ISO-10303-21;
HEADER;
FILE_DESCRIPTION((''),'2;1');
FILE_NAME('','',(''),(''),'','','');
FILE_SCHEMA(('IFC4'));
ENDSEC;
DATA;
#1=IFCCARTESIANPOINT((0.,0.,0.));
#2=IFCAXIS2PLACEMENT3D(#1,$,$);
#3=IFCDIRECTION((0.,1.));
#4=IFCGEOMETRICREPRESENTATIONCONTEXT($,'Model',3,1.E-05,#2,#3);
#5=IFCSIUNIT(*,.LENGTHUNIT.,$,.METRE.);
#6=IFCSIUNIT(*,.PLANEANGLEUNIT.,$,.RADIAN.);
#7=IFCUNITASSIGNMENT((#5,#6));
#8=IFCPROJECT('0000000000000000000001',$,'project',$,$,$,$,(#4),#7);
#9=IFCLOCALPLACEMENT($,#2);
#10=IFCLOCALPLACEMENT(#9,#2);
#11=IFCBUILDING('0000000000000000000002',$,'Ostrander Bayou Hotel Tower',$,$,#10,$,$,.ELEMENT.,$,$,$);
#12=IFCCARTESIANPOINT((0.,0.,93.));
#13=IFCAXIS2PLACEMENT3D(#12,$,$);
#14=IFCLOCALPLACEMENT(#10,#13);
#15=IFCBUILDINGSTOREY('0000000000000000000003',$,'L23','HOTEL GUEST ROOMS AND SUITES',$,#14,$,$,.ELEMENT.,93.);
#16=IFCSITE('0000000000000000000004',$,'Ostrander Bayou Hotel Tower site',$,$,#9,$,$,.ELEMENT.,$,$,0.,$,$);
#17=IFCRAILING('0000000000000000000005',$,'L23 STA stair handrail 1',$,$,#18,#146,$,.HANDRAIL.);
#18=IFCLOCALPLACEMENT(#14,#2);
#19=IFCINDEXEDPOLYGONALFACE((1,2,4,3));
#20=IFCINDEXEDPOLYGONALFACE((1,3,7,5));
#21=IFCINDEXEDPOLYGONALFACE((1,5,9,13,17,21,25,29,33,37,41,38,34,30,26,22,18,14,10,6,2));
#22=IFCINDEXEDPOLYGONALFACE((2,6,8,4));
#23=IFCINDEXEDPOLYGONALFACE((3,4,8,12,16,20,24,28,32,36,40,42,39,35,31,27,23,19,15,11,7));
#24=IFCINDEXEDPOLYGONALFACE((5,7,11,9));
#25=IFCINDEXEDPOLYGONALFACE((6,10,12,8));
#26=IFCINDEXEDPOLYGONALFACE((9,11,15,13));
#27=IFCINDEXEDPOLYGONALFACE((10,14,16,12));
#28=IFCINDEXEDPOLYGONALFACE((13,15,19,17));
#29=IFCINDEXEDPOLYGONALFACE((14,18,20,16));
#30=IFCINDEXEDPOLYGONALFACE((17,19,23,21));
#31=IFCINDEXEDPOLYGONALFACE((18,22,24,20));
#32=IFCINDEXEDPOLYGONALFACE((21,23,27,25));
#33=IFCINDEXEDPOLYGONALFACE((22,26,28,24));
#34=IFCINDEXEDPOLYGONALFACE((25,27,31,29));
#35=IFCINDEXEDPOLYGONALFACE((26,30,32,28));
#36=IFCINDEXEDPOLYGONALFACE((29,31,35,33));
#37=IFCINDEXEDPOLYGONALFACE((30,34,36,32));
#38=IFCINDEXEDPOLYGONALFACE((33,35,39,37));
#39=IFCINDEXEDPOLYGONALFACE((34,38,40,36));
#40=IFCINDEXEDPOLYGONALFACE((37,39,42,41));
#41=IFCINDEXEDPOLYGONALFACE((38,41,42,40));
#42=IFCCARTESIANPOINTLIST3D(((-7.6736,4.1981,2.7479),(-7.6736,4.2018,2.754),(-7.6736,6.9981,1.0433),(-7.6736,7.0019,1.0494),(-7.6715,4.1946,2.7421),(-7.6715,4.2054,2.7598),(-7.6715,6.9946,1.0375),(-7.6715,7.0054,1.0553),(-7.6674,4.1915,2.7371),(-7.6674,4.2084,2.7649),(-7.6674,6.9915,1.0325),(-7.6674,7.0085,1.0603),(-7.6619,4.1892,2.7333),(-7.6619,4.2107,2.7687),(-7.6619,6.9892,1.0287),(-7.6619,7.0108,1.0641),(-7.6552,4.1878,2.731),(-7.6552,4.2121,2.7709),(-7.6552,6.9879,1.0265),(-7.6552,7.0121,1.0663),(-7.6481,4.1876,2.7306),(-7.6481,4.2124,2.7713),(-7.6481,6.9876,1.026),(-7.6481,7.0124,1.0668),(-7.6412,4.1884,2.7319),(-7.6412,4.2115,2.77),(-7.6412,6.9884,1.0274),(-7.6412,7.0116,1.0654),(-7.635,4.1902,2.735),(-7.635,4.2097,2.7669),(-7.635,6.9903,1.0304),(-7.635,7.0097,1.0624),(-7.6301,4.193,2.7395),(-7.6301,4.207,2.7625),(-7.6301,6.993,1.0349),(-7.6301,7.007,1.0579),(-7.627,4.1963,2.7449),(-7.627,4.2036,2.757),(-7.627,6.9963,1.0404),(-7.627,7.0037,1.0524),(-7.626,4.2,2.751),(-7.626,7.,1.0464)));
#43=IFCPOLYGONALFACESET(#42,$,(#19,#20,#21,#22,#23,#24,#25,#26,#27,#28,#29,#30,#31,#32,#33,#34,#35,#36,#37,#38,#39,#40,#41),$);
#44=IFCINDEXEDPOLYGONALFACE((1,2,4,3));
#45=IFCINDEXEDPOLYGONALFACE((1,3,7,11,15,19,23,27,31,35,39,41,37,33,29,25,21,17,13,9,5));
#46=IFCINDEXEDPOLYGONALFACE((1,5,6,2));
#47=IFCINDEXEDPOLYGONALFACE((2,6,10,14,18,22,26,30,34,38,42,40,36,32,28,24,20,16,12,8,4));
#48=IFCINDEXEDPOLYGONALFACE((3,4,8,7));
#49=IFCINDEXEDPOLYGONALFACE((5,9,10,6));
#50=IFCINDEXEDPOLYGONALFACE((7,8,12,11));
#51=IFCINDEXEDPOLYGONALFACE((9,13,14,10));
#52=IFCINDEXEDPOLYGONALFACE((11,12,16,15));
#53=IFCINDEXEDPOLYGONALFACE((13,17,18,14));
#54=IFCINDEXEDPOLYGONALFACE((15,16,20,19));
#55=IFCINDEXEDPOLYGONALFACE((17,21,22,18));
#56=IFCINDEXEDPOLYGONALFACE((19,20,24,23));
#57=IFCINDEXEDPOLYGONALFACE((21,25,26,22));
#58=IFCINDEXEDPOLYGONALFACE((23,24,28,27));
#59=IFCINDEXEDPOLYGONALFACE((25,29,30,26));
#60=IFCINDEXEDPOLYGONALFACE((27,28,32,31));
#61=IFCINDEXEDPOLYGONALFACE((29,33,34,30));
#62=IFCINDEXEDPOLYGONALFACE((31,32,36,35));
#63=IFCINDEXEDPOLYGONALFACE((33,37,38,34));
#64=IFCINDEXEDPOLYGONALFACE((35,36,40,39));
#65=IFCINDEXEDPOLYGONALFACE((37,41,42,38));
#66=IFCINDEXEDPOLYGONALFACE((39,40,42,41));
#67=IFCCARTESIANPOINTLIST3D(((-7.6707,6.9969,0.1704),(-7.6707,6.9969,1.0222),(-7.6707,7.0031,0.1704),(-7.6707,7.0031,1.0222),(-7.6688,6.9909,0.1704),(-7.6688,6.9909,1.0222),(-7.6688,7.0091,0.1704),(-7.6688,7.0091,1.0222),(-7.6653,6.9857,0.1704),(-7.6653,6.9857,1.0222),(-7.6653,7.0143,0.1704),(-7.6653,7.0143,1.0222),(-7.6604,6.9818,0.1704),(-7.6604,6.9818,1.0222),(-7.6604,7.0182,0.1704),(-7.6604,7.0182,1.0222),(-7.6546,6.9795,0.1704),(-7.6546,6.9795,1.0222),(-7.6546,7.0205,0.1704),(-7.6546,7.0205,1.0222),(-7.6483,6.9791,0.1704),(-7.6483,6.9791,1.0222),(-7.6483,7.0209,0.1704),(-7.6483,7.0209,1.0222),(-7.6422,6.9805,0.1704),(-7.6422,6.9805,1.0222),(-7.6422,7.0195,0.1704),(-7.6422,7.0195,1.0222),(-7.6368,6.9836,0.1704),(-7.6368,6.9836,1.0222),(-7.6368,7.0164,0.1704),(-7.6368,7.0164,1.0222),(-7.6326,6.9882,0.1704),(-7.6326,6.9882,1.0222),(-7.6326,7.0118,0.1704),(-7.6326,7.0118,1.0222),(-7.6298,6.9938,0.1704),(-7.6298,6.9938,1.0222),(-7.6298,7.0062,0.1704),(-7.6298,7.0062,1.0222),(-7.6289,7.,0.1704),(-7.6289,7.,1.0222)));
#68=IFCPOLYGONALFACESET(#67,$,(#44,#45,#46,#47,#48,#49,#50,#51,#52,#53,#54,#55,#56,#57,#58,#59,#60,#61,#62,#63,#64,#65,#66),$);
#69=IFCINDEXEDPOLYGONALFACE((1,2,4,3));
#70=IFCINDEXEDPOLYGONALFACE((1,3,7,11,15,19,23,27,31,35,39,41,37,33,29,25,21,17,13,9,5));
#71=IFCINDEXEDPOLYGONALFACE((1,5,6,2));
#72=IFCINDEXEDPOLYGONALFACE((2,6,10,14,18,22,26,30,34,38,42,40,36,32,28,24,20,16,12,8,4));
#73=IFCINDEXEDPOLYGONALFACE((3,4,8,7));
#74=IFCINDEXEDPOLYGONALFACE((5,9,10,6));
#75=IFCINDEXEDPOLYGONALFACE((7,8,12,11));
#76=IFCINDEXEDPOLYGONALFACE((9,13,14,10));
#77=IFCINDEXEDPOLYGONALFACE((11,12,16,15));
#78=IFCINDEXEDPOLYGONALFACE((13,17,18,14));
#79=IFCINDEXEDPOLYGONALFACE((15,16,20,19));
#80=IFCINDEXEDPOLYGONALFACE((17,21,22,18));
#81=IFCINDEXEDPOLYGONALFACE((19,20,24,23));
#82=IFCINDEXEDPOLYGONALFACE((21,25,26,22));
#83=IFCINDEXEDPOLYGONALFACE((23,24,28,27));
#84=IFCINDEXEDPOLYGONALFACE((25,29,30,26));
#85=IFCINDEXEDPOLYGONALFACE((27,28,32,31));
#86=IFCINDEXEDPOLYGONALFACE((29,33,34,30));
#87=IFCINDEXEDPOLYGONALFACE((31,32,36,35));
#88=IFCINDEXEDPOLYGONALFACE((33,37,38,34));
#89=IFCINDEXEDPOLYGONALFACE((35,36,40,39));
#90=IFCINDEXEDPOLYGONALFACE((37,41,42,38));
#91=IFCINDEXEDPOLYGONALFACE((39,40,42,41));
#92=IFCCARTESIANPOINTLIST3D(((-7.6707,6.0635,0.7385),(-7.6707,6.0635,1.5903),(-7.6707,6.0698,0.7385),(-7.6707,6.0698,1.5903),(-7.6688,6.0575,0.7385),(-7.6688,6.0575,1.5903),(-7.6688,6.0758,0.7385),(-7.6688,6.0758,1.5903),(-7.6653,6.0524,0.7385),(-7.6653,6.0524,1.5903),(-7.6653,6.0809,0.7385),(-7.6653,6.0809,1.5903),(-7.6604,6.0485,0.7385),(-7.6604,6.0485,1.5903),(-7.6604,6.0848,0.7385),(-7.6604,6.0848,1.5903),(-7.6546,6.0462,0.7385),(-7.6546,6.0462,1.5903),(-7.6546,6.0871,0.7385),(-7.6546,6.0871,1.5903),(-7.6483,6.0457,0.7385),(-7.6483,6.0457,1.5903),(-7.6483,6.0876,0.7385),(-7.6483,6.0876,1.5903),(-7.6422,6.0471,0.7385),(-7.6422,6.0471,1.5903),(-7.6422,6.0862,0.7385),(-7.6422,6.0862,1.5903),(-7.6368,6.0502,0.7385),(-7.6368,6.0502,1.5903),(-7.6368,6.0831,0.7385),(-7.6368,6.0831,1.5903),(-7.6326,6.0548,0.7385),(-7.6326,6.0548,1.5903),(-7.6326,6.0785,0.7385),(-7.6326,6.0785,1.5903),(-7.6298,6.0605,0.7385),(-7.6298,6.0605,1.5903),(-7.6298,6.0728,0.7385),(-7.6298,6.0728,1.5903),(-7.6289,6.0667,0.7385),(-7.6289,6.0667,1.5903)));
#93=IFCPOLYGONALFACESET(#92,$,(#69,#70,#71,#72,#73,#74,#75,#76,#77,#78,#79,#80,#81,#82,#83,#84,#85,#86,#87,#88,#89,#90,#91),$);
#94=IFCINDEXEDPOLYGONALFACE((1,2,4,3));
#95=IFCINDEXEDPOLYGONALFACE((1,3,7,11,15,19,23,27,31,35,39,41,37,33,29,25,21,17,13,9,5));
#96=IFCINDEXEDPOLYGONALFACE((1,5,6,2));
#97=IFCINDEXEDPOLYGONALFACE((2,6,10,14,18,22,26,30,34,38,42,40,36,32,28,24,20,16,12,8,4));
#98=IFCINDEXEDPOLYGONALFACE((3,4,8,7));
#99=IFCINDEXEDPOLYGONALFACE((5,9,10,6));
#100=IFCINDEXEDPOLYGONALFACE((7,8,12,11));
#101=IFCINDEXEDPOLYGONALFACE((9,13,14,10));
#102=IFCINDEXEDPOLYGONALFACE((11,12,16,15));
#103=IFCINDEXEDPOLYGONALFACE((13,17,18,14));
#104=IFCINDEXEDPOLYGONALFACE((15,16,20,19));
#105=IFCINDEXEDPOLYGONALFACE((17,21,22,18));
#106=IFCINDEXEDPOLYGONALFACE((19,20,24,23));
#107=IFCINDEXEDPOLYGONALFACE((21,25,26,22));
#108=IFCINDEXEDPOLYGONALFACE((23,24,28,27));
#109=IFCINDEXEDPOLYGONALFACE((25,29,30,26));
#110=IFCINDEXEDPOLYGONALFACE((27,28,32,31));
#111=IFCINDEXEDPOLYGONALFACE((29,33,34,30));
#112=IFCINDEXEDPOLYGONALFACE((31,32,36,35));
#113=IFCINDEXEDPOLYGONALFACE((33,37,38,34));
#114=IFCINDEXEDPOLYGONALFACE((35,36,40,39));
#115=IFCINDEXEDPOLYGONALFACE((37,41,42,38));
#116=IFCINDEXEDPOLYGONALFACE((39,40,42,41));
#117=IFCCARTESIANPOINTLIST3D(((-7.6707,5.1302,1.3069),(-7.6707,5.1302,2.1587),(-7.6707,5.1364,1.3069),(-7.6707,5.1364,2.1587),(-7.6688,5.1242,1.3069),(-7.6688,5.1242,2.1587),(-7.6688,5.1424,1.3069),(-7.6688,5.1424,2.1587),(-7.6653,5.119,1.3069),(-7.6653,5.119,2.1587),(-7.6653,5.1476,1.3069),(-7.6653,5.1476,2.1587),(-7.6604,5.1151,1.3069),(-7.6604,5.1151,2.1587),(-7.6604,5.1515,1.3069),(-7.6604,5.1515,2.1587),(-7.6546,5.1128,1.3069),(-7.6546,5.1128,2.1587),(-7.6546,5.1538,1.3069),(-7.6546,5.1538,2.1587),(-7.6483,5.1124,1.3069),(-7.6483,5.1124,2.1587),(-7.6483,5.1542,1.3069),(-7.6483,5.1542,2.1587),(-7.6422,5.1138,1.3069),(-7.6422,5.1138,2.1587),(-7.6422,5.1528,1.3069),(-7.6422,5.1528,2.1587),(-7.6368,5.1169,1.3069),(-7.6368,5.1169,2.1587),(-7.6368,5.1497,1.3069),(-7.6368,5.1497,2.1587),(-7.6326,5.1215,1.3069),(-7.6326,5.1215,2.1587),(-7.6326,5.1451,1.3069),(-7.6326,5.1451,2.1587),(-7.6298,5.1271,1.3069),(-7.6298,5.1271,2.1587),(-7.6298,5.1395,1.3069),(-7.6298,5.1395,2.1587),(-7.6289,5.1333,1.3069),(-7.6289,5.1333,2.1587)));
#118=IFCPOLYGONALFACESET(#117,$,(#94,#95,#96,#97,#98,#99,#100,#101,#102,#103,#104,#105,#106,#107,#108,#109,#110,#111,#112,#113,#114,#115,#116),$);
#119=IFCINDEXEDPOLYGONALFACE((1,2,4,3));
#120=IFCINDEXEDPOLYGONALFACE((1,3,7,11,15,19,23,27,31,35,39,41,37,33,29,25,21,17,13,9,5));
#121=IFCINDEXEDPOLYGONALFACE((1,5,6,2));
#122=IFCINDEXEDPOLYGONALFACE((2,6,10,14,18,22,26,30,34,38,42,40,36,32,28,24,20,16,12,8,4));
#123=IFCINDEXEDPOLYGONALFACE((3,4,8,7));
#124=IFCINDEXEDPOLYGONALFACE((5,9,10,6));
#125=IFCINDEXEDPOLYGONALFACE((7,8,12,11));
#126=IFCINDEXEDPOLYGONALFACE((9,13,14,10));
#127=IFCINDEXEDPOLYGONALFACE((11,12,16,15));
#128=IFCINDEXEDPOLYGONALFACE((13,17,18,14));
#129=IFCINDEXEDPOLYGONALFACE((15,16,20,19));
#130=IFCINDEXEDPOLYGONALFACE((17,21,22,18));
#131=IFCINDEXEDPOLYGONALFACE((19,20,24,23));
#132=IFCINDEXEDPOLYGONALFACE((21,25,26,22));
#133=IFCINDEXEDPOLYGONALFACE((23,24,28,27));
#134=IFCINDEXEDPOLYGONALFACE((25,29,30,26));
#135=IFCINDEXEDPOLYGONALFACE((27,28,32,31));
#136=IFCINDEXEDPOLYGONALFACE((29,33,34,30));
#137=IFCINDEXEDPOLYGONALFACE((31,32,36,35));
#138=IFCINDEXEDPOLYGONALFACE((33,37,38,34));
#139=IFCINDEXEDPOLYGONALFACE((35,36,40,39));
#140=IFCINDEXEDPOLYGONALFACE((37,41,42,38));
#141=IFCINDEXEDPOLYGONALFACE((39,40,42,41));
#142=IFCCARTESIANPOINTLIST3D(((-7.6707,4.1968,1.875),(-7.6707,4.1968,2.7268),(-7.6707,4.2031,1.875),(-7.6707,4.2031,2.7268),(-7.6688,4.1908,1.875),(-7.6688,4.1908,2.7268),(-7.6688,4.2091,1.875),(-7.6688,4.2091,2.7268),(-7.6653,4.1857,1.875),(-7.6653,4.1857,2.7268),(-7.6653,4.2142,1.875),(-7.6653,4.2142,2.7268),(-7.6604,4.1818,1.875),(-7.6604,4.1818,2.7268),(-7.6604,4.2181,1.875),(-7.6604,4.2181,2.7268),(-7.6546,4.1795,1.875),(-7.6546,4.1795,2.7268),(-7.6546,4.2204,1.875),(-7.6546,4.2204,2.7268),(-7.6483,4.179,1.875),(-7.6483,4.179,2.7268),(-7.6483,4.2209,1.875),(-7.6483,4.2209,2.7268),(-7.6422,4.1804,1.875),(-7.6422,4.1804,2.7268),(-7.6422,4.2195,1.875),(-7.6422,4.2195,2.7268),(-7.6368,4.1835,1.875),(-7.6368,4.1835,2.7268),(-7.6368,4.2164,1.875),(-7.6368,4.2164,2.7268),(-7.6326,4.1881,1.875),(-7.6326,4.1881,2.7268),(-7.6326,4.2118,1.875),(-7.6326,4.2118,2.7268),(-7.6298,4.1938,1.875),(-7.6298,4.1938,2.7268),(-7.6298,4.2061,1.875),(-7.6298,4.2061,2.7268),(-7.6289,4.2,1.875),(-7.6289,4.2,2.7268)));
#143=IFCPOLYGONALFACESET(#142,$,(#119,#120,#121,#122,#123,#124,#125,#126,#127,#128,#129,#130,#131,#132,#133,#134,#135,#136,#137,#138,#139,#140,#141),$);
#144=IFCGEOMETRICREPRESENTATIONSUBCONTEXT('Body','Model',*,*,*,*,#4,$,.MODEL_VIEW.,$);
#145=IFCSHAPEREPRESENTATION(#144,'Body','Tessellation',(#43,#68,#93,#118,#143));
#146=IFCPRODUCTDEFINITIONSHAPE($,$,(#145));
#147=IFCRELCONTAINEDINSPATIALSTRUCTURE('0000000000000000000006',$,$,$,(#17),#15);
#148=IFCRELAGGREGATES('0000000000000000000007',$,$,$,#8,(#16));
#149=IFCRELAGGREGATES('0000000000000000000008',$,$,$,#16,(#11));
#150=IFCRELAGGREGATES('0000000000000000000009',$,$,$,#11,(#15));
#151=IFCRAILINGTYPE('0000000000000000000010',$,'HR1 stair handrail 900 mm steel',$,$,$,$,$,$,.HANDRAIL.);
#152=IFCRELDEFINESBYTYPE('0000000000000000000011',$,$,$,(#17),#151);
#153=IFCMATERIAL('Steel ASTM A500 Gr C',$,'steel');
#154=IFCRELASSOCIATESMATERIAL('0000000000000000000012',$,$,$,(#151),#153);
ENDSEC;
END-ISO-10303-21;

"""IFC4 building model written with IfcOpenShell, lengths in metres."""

from ifc_helpers import new_model, si_unit, direction, frame, origin, origin_2d, place, context, subcontext, project, spatial, circle, extrude, material, type_object, element, save


model = new_model("IFC4")

# Units and contexts
model_context = context("Model", 3, precision=1e-05, world=origin(), true_north=direction((0.0, 1.0)))
body_context = subcontext(model_context, "Body", "Model", "MODEL_VIEW")
ifc_project = project(units=[si_unit("LENGTHUNIT", "METRE"), si_unit("PLANEANGLEUNIT", "RADIAN")], contexts=[model_context])

# Site, building, storey
site_placement = place(None, origin())
site = spatial("IfcSite", under=ifc_project, at=site_placement, Name="Ostrander Bayou Hotel Tower site", CompositionType="ELEMENT", RefElevation=0.0)
building_placement = place(site_placement, origin())
building = spatial("IfcBuilding", under=site, at=building_placement, Name="Ostrander Bayou Hotel Tower", CompositionType="ELEMENT")
storey_placement = place(building_placement, frame((0.0, 0.0, 93.0)))
storey = spatial("IfcBuildingStorey", under=building, at=storey_placement, Name="L23", Description="HOTEL GUEST ROOMS AND SUITES", CompositionType="ELEMENT", Elevation=93.0)

# Railing
ifc_material_1 = material(Name="Steel ASTM A500 Gr C", Category="steel")
railing_type_1 = type_object("IfcRailingType", Name="HR1 stair handrail 900 mm steel", PredefinedType="HANDRAIL", material=ifc_material_1)
railing_1_placement = place(storey_placement, frame((-7.6499, 7.0, 0.1704)))
element("IfcRailing", 1, at=railing_1_placement, inside=storey, type_object=railing_type_1, Name="L23 STA stair handrail 1", PredefinedType="HANDRAIL", context=body_context, shape_type="SweptSolid", body=[
    extrude(circle(Radius=0.0239, at=origin_2d()), frame((0.0, 0.0, 0.876), z_axis=(0.0, -0.85417, 0.519994), x_axis=(1.0, 0.0, 0.0)), (0.0, 0.0, 1.0), 3.2781),
    extrude(circle(Radius=0.021, at=origin_2d()), origin(), (0.0, 0.0, 1.0), 0.8518),
    extrude(circle(Radius=0.021, at=origin_2d()), frame((0.0, -0.9333, 0.5681)), (0.0, 0.0, 1.0), 0.8518),
    extrude(circle(Radius=0.021, at=origin_2d()), frame((0.0, -1.8667, 1.1365)), (0.0, 0.0, 1.0), 0.8518),
    extrude(circle(Radius=0.021, at=origin_2d()), frame((0.0, -2.8, 1.7046)), (0.0, 0.0, 1.0), 0.8518),
])

save(model, "model.ifc")
